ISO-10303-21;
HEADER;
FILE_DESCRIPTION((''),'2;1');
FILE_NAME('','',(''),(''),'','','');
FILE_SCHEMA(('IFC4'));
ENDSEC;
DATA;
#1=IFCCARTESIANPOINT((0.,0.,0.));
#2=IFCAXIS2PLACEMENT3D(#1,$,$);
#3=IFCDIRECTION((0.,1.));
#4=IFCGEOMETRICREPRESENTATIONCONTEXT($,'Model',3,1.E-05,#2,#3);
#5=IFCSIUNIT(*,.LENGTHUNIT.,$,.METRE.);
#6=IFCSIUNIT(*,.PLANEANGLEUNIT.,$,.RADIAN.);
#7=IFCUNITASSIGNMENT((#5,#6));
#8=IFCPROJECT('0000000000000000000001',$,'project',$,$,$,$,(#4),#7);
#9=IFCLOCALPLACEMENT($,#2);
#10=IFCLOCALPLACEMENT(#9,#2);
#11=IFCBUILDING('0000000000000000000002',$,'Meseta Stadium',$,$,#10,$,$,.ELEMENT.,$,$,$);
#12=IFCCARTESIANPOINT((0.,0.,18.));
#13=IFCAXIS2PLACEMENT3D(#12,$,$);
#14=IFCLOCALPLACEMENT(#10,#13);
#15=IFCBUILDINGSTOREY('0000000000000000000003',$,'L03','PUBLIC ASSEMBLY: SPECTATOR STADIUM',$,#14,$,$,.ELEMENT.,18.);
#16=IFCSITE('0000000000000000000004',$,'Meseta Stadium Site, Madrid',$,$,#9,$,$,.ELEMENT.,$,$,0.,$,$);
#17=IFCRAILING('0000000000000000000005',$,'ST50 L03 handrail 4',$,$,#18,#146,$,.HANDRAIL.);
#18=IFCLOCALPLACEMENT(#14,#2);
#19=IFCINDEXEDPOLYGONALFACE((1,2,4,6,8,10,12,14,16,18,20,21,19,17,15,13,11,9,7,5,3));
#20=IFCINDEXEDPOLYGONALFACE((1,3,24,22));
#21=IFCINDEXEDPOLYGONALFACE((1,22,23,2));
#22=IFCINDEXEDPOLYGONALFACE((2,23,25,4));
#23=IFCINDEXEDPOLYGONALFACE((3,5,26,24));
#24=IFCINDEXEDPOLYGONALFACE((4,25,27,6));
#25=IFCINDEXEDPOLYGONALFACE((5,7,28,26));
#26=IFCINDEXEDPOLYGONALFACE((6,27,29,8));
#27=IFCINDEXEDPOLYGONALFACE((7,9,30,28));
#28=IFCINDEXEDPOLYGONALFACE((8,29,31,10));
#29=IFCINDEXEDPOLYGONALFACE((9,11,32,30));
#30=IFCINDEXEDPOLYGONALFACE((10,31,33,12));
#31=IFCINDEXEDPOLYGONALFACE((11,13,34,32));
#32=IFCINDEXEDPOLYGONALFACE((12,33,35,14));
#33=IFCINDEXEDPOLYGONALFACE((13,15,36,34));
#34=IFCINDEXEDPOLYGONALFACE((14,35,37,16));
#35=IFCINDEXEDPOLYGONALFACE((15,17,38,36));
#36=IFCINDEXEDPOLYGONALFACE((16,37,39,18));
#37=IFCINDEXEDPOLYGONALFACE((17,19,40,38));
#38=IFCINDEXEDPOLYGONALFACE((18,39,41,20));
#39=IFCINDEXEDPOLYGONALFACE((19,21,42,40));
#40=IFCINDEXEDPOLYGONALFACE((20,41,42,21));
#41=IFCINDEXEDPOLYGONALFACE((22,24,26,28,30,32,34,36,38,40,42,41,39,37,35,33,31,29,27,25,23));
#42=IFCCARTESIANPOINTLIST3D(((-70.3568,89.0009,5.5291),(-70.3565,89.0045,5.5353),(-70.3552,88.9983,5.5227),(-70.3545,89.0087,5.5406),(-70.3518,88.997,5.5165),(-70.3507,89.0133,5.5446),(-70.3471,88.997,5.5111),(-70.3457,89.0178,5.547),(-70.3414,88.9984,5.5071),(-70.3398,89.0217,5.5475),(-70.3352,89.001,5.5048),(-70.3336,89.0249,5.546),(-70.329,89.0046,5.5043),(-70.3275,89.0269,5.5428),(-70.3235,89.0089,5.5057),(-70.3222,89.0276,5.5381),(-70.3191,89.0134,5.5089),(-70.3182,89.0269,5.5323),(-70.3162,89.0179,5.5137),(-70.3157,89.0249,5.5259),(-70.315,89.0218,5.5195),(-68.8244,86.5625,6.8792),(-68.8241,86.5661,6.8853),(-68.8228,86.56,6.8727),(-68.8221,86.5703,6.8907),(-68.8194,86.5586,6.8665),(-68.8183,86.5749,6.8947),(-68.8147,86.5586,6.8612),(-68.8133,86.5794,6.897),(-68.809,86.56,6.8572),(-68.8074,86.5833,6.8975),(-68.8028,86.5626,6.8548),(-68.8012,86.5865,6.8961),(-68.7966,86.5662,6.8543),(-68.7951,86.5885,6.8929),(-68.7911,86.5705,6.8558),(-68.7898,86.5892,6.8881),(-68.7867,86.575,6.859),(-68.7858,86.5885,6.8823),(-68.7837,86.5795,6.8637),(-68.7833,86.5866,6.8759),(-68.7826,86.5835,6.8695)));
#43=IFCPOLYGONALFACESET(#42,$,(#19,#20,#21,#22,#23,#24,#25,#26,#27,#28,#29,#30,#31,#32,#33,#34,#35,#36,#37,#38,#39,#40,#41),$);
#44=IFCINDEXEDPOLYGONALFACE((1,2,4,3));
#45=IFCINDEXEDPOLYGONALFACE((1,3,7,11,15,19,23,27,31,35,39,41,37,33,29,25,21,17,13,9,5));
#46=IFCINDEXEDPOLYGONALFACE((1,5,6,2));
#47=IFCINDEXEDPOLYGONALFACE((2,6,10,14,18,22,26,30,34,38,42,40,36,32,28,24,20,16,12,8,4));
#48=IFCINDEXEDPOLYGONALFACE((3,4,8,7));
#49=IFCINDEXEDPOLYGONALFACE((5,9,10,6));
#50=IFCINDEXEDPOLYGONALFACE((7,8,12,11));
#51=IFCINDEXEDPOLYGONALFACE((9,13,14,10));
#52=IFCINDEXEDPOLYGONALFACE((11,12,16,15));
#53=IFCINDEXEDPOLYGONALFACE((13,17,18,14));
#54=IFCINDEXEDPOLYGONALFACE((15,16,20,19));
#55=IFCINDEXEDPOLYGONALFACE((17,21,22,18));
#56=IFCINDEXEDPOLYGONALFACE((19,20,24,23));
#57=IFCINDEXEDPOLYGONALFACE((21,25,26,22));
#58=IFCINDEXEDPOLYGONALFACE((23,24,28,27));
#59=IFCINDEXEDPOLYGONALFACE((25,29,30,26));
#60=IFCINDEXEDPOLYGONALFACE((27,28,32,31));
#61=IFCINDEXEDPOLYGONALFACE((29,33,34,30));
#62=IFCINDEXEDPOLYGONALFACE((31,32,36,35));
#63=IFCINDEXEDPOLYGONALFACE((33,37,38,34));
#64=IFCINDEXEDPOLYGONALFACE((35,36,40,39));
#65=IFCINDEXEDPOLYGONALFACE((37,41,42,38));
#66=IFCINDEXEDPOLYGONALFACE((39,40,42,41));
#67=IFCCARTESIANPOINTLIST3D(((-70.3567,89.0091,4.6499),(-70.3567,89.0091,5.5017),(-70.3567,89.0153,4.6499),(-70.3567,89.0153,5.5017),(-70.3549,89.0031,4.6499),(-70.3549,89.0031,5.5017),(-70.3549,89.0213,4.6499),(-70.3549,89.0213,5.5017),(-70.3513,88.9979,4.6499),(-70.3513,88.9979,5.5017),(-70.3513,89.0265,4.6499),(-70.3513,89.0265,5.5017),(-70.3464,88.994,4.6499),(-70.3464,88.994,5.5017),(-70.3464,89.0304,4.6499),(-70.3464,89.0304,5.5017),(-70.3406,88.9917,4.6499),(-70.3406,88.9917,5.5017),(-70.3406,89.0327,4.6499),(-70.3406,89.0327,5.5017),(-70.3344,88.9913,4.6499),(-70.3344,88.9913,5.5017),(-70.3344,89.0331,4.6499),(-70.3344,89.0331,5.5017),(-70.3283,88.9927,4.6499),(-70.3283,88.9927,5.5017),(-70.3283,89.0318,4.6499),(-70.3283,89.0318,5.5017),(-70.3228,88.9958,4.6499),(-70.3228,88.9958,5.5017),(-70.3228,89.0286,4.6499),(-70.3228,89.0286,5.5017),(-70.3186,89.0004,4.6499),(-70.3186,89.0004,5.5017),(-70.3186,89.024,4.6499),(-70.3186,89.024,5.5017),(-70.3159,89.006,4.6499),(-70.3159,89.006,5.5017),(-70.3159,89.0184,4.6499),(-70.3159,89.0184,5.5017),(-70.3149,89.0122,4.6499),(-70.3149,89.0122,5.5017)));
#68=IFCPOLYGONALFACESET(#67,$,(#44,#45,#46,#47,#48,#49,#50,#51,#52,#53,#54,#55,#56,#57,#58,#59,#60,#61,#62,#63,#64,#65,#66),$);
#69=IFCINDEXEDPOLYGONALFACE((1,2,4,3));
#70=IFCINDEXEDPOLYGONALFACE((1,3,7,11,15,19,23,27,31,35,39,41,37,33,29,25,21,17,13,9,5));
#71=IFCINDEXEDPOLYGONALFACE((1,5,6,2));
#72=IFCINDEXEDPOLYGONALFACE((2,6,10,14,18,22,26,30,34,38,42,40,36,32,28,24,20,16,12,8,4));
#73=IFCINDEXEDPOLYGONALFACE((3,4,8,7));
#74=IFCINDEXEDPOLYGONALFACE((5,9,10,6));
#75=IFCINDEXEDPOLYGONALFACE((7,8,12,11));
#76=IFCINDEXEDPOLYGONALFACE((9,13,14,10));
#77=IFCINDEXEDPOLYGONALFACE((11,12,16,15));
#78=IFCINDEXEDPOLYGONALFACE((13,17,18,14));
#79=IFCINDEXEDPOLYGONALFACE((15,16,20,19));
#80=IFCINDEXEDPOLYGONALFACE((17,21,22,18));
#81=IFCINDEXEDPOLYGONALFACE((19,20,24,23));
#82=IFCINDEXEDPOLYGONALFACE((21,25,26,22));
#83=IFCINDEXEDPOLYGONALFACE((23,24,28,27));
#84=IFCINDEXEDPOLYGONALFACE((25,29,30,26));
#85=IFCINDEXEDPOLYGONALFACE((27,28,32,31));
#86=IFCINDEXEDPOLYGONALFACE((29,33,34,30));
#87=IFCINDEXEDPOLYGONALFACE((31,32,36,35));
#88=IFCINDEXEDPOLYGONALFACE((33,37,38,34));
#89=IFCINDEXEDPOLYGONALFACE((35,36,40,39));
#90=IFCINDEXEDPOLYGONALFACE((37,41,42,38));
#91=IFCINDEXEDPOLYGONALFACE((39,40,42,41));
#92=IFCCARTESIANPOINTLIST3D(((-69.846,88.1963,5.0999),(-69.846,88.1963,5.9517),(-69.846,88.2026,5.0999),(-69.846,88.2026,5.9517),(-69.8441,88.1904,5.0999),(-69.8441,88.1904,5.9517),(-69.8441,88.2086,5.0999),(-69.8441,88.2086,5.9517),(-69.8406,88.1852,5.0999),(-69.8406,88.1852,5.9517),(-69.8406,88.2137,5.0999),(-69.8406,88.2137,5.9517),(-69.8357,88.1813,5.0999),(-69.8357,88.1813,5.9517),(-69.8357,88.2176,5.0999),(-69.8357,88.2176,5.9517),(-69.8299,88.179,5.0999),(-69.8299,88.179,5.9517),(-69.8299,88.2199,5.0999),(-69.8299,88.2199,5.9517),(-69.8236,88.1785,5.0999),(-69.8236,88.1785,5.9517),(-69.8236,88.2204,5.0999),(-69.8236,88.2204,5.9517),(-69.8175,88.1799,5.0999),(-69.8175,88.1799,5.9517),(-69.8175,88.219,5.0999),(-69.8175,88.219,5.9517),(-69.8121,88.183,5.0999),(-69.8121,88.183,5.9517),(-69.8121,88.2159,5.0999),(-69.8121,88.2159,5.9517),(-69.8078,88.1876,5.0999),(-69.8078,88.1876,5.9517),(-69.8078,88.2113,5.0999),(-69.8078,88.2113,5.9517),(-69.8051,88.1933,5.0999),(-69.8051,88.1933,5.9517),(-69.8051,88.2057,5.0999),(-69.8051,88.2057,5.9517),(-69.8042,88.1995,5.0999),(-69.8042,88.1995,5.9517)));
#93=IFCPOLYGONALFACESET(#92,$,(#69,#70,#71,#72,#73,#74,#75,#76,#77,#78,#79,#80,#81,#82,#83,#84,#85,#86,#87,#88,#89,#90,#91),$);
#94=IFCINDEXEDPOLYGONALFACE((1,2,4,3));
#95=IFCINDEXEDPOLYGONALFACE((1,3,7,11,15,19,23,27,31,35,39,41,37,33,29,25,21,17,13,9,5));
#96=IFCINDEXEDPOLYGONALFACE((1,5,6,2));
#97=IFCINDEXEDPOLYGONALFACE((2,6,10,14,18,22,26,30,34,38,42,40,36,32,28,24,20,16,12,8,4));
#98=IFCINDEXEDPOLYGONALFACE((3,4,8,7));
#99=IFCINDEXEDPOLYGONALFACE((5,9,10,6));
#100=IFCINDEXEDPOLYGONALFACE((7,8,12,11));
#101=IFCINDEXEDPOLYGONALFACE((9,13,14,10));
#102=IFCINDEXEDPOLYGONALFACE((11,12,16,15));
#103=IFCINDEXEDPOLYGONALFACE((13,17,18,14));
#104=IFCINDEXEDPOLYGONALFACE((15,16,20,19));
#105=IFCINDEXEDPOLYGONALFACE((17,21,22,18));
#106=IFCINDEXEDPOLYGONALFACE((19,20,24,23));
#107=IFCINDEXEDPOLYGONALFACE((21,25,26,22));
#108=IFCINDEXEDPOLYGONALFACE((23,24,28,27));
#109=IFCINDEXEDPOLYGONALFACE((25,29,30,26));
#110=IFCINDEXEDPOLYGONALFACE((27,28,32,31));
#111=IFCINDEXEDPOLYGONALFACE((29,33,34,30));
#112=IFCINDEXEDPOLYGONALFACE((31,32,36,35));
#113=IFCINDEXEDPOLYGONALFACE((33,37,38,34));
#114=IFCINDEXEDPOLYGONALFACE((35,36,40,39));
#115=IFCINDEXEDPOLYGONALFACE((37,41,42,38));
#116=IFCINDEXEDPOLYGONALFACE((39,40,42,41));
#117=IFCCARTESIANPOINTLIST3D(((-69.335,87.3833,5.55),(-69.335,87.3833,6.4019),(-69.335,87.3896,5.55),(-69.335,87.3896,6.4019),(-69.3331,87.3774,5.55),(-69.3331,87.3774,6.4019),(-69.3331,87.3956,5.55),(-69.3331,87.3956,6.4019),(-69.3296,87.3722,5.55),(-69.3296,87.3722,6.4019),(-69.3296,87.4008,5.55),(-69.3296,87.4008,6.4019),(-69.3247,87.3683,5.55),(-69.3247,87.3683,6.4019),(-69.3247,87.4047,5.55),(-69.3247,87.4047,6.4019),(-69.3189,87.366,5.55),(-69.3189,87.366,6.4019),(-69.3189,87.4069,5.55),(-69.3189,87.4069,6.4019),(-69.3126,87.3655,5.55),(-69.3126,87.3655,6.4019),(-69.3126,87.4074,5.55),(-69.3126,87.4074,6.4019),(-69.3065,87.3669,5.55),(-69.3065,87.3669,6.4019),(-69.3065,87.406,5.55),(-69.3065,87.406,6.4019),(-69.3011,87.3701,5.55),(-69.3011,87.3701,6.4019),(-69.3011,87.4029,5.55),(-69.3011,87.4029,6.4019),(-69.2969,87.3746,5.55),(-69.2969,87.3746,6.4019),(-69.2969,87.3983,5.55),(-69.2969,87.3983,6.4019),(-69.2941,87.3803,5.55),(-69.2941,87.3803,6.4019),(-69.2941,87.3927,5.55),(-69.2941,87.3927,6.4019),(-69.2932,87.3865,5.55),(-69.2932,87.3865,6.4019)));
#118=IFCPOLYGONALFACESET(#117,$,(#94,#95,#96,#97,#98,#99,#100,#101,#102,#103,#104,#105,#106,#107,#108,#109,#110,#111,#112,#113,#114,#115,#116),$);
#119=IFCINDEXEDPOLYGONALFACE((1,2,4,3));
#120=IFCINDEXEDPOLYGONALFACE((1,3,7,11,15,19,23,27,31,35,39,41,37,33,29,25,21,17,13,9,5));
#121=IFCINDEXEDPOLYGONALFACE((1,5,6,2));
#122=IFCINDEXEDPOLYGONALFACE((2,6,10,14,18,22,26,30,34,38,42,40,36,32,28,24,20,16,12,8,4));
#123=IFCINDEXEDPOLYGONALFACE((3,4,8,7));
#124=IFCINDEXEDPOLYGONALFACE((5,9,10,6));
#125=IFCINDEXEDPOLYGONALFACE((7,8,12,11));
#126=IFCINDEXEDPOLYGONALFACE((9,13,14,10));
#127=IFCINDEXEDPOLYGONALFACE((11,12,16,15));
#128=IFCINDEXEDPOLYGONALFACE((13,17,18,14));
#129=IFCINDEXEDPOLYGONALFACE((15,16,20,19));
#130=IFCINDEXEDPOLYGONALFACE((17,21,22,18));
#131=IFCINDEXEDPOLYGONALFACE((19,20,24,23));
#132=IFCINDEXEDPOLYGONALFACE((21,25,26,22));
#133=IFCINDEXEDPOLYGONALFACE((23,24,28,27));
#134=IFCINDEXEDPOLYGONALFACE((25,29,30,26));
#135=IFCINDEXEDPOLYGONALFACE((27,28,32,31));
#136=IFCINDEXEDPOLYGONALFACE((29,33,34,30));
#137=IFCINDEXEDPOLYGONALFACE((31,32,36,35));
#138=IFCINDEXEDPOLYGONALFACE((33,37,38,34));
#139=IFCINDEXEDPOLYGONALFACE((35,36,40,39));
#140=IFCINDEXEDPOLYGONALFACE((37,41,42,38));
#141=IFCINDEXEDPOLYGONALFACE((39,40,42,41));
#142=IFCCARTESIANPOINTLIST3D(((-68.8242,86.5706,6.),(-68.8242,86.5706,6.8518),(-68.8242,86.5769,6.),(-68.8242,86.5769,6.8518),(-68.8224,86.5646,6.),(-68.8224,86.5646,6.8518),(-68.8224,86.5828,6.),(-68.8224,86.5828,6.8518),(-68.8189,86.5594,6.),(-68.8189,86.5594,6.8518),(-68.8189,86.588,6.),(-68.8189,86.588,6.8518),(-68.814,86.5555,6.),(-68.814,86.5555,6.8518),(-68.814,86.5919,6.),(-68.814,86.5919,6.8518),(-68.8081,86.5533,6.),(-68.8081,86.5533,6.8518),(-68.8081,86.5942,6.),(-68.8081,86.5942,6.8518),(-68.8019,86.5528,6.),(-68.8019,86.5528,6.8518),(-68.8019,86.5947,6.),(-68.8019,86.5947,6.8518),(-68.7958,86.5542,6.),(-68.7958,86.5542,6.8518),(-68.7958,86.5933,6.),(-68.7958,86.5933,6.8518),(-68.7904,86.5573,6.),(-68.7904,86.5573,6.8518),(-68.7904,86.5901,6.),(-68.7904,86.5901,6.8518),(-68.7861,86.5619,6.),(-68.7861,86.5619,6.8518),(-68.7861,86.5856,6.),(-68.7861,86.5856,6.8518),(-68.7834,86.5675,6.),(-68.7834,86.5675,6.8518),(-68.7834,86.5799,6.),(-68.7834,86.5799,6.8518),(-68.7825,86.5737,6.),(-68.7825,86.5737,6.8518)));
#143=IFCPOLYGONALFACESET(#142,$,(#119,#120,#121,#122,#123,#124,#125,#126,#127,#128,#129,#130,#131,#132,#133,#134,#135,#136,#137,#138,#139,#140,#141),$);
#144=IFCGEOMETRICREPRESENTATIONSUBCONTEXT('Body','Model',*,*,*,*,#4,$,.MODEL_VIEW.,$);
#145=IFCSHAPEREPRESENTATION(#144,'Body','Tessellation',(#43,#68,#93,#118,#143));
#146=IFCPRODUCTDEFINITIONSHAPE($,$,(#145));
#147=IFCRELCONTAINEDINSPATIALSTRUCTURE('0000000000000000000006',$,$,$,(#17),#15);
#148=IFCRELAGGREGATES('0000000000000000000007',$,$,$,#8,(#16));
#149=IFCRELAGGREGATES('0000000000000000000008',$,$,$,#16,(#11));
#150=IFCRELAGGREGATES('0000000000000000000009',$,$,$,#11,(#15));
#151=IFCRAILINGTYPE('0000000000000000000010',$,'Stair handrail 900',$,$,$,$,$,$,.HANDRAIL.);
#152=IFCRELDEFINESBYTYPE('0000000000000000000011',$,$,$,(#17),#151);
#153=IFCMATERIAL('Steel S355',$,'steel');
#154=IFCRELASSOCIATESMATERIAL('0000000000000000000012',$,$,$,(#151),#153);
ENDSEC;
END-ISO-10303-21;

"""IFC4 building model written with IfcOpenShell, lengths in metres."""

from ifc_helpers import new_model, si_unit, direction, frame, origin, origin_2d, place, context, subcontext, project, spatial, circle, extrude, material, type_object, element, save


model = new_model("IFC4")

# Units and contexts
model_context = context("Model", 3, precision=1e-05, world=origin(), true_north=direction((0.0, 1.0)))
body_context = subcontext(model_context, "Body", "Model", "MODEL_VIEW")
ifc_project = project(units=[si_unit("LENGTHUNIT", "METRE"), si_unit("PLANEANGLEUNIT", "RADIAN")], contexts=[model_context])

# Site, building, storey
site_placement = place(None, origin())
site = spatial("IfcSite", under=ifc_project, at=site_placement, Name="Meseta Stadium Site, Madrid", CompositionType="ELEMENT", RefElevation=0.0)
building_placement = place(site_placement, origin())
building = spatial("IfcBuilding", under=site, at=building_placement, Name="Meseta Stadium", CompositionType="ELEMENT")
storey_placement = place(building_placement, frame((0.0, 0.0, 18.0)))
storey = spatial("IfcBuildingStorey", under=building, at=storey_placement, Name="L03", Description="PUBLIC ASSEMBLY: SPECTATOR STADIUM", CompositionType="ELEMENT", Elevation=18.0)

# Railing
ifc_material_1 = material(Name="Steel S355", Category="steel")
railing_type_1 = type_object("IfcRailingType", Name="Stair handrail 900", PredefinedType="HANDRAIL", material=ifc_material_1)
for number, where, name in (
    (1, (-70.3359, 89.0122, 4.6499), "ST50 L03 handrail 4"),
):
    element("IfcRailing", number, at=place(storey_placement, frame(where)), inside=storey, type_object=railing_type_1, Name=name, PredefinedType="HANDRAIL", context=body_context, shape_type="SweptSolid", body=[
        extrude(circle(Radius=0.0239, at=origin_2d()), frame((0.0, 0.0, 0.876), z_axis=(0.48179, -0.766627, 0.424454), x_axis=(0.846681, 0.5321, 0.0)), (0.0, 0.0, 1.0), 3.1807),
        extrude(circle(Radius=0.021, at=origin_2d()), origin(), (0.0, 0.0, 1.0), 0.8518),
        extrude(circle(Radius=0.021, at=origin_2d()), frame((0.5107, -0.8127, 0.45)), (0.0, 0.0, 1.0), 0.8518),
        extrude(circle(Radius=0.021, at=origin_2d()), frame((1.0217, -1.6257, 0.9001)), (0.0, 0.0, 1.0), 0.8518),
        extrude(circle(Radius=0.021, at=origin_2d()), frame((1.5325, -2.4385, 1.3501)), (0.0, 0.0, 1.0), 0.8518),
    ])

save(model, "model.ifc")
